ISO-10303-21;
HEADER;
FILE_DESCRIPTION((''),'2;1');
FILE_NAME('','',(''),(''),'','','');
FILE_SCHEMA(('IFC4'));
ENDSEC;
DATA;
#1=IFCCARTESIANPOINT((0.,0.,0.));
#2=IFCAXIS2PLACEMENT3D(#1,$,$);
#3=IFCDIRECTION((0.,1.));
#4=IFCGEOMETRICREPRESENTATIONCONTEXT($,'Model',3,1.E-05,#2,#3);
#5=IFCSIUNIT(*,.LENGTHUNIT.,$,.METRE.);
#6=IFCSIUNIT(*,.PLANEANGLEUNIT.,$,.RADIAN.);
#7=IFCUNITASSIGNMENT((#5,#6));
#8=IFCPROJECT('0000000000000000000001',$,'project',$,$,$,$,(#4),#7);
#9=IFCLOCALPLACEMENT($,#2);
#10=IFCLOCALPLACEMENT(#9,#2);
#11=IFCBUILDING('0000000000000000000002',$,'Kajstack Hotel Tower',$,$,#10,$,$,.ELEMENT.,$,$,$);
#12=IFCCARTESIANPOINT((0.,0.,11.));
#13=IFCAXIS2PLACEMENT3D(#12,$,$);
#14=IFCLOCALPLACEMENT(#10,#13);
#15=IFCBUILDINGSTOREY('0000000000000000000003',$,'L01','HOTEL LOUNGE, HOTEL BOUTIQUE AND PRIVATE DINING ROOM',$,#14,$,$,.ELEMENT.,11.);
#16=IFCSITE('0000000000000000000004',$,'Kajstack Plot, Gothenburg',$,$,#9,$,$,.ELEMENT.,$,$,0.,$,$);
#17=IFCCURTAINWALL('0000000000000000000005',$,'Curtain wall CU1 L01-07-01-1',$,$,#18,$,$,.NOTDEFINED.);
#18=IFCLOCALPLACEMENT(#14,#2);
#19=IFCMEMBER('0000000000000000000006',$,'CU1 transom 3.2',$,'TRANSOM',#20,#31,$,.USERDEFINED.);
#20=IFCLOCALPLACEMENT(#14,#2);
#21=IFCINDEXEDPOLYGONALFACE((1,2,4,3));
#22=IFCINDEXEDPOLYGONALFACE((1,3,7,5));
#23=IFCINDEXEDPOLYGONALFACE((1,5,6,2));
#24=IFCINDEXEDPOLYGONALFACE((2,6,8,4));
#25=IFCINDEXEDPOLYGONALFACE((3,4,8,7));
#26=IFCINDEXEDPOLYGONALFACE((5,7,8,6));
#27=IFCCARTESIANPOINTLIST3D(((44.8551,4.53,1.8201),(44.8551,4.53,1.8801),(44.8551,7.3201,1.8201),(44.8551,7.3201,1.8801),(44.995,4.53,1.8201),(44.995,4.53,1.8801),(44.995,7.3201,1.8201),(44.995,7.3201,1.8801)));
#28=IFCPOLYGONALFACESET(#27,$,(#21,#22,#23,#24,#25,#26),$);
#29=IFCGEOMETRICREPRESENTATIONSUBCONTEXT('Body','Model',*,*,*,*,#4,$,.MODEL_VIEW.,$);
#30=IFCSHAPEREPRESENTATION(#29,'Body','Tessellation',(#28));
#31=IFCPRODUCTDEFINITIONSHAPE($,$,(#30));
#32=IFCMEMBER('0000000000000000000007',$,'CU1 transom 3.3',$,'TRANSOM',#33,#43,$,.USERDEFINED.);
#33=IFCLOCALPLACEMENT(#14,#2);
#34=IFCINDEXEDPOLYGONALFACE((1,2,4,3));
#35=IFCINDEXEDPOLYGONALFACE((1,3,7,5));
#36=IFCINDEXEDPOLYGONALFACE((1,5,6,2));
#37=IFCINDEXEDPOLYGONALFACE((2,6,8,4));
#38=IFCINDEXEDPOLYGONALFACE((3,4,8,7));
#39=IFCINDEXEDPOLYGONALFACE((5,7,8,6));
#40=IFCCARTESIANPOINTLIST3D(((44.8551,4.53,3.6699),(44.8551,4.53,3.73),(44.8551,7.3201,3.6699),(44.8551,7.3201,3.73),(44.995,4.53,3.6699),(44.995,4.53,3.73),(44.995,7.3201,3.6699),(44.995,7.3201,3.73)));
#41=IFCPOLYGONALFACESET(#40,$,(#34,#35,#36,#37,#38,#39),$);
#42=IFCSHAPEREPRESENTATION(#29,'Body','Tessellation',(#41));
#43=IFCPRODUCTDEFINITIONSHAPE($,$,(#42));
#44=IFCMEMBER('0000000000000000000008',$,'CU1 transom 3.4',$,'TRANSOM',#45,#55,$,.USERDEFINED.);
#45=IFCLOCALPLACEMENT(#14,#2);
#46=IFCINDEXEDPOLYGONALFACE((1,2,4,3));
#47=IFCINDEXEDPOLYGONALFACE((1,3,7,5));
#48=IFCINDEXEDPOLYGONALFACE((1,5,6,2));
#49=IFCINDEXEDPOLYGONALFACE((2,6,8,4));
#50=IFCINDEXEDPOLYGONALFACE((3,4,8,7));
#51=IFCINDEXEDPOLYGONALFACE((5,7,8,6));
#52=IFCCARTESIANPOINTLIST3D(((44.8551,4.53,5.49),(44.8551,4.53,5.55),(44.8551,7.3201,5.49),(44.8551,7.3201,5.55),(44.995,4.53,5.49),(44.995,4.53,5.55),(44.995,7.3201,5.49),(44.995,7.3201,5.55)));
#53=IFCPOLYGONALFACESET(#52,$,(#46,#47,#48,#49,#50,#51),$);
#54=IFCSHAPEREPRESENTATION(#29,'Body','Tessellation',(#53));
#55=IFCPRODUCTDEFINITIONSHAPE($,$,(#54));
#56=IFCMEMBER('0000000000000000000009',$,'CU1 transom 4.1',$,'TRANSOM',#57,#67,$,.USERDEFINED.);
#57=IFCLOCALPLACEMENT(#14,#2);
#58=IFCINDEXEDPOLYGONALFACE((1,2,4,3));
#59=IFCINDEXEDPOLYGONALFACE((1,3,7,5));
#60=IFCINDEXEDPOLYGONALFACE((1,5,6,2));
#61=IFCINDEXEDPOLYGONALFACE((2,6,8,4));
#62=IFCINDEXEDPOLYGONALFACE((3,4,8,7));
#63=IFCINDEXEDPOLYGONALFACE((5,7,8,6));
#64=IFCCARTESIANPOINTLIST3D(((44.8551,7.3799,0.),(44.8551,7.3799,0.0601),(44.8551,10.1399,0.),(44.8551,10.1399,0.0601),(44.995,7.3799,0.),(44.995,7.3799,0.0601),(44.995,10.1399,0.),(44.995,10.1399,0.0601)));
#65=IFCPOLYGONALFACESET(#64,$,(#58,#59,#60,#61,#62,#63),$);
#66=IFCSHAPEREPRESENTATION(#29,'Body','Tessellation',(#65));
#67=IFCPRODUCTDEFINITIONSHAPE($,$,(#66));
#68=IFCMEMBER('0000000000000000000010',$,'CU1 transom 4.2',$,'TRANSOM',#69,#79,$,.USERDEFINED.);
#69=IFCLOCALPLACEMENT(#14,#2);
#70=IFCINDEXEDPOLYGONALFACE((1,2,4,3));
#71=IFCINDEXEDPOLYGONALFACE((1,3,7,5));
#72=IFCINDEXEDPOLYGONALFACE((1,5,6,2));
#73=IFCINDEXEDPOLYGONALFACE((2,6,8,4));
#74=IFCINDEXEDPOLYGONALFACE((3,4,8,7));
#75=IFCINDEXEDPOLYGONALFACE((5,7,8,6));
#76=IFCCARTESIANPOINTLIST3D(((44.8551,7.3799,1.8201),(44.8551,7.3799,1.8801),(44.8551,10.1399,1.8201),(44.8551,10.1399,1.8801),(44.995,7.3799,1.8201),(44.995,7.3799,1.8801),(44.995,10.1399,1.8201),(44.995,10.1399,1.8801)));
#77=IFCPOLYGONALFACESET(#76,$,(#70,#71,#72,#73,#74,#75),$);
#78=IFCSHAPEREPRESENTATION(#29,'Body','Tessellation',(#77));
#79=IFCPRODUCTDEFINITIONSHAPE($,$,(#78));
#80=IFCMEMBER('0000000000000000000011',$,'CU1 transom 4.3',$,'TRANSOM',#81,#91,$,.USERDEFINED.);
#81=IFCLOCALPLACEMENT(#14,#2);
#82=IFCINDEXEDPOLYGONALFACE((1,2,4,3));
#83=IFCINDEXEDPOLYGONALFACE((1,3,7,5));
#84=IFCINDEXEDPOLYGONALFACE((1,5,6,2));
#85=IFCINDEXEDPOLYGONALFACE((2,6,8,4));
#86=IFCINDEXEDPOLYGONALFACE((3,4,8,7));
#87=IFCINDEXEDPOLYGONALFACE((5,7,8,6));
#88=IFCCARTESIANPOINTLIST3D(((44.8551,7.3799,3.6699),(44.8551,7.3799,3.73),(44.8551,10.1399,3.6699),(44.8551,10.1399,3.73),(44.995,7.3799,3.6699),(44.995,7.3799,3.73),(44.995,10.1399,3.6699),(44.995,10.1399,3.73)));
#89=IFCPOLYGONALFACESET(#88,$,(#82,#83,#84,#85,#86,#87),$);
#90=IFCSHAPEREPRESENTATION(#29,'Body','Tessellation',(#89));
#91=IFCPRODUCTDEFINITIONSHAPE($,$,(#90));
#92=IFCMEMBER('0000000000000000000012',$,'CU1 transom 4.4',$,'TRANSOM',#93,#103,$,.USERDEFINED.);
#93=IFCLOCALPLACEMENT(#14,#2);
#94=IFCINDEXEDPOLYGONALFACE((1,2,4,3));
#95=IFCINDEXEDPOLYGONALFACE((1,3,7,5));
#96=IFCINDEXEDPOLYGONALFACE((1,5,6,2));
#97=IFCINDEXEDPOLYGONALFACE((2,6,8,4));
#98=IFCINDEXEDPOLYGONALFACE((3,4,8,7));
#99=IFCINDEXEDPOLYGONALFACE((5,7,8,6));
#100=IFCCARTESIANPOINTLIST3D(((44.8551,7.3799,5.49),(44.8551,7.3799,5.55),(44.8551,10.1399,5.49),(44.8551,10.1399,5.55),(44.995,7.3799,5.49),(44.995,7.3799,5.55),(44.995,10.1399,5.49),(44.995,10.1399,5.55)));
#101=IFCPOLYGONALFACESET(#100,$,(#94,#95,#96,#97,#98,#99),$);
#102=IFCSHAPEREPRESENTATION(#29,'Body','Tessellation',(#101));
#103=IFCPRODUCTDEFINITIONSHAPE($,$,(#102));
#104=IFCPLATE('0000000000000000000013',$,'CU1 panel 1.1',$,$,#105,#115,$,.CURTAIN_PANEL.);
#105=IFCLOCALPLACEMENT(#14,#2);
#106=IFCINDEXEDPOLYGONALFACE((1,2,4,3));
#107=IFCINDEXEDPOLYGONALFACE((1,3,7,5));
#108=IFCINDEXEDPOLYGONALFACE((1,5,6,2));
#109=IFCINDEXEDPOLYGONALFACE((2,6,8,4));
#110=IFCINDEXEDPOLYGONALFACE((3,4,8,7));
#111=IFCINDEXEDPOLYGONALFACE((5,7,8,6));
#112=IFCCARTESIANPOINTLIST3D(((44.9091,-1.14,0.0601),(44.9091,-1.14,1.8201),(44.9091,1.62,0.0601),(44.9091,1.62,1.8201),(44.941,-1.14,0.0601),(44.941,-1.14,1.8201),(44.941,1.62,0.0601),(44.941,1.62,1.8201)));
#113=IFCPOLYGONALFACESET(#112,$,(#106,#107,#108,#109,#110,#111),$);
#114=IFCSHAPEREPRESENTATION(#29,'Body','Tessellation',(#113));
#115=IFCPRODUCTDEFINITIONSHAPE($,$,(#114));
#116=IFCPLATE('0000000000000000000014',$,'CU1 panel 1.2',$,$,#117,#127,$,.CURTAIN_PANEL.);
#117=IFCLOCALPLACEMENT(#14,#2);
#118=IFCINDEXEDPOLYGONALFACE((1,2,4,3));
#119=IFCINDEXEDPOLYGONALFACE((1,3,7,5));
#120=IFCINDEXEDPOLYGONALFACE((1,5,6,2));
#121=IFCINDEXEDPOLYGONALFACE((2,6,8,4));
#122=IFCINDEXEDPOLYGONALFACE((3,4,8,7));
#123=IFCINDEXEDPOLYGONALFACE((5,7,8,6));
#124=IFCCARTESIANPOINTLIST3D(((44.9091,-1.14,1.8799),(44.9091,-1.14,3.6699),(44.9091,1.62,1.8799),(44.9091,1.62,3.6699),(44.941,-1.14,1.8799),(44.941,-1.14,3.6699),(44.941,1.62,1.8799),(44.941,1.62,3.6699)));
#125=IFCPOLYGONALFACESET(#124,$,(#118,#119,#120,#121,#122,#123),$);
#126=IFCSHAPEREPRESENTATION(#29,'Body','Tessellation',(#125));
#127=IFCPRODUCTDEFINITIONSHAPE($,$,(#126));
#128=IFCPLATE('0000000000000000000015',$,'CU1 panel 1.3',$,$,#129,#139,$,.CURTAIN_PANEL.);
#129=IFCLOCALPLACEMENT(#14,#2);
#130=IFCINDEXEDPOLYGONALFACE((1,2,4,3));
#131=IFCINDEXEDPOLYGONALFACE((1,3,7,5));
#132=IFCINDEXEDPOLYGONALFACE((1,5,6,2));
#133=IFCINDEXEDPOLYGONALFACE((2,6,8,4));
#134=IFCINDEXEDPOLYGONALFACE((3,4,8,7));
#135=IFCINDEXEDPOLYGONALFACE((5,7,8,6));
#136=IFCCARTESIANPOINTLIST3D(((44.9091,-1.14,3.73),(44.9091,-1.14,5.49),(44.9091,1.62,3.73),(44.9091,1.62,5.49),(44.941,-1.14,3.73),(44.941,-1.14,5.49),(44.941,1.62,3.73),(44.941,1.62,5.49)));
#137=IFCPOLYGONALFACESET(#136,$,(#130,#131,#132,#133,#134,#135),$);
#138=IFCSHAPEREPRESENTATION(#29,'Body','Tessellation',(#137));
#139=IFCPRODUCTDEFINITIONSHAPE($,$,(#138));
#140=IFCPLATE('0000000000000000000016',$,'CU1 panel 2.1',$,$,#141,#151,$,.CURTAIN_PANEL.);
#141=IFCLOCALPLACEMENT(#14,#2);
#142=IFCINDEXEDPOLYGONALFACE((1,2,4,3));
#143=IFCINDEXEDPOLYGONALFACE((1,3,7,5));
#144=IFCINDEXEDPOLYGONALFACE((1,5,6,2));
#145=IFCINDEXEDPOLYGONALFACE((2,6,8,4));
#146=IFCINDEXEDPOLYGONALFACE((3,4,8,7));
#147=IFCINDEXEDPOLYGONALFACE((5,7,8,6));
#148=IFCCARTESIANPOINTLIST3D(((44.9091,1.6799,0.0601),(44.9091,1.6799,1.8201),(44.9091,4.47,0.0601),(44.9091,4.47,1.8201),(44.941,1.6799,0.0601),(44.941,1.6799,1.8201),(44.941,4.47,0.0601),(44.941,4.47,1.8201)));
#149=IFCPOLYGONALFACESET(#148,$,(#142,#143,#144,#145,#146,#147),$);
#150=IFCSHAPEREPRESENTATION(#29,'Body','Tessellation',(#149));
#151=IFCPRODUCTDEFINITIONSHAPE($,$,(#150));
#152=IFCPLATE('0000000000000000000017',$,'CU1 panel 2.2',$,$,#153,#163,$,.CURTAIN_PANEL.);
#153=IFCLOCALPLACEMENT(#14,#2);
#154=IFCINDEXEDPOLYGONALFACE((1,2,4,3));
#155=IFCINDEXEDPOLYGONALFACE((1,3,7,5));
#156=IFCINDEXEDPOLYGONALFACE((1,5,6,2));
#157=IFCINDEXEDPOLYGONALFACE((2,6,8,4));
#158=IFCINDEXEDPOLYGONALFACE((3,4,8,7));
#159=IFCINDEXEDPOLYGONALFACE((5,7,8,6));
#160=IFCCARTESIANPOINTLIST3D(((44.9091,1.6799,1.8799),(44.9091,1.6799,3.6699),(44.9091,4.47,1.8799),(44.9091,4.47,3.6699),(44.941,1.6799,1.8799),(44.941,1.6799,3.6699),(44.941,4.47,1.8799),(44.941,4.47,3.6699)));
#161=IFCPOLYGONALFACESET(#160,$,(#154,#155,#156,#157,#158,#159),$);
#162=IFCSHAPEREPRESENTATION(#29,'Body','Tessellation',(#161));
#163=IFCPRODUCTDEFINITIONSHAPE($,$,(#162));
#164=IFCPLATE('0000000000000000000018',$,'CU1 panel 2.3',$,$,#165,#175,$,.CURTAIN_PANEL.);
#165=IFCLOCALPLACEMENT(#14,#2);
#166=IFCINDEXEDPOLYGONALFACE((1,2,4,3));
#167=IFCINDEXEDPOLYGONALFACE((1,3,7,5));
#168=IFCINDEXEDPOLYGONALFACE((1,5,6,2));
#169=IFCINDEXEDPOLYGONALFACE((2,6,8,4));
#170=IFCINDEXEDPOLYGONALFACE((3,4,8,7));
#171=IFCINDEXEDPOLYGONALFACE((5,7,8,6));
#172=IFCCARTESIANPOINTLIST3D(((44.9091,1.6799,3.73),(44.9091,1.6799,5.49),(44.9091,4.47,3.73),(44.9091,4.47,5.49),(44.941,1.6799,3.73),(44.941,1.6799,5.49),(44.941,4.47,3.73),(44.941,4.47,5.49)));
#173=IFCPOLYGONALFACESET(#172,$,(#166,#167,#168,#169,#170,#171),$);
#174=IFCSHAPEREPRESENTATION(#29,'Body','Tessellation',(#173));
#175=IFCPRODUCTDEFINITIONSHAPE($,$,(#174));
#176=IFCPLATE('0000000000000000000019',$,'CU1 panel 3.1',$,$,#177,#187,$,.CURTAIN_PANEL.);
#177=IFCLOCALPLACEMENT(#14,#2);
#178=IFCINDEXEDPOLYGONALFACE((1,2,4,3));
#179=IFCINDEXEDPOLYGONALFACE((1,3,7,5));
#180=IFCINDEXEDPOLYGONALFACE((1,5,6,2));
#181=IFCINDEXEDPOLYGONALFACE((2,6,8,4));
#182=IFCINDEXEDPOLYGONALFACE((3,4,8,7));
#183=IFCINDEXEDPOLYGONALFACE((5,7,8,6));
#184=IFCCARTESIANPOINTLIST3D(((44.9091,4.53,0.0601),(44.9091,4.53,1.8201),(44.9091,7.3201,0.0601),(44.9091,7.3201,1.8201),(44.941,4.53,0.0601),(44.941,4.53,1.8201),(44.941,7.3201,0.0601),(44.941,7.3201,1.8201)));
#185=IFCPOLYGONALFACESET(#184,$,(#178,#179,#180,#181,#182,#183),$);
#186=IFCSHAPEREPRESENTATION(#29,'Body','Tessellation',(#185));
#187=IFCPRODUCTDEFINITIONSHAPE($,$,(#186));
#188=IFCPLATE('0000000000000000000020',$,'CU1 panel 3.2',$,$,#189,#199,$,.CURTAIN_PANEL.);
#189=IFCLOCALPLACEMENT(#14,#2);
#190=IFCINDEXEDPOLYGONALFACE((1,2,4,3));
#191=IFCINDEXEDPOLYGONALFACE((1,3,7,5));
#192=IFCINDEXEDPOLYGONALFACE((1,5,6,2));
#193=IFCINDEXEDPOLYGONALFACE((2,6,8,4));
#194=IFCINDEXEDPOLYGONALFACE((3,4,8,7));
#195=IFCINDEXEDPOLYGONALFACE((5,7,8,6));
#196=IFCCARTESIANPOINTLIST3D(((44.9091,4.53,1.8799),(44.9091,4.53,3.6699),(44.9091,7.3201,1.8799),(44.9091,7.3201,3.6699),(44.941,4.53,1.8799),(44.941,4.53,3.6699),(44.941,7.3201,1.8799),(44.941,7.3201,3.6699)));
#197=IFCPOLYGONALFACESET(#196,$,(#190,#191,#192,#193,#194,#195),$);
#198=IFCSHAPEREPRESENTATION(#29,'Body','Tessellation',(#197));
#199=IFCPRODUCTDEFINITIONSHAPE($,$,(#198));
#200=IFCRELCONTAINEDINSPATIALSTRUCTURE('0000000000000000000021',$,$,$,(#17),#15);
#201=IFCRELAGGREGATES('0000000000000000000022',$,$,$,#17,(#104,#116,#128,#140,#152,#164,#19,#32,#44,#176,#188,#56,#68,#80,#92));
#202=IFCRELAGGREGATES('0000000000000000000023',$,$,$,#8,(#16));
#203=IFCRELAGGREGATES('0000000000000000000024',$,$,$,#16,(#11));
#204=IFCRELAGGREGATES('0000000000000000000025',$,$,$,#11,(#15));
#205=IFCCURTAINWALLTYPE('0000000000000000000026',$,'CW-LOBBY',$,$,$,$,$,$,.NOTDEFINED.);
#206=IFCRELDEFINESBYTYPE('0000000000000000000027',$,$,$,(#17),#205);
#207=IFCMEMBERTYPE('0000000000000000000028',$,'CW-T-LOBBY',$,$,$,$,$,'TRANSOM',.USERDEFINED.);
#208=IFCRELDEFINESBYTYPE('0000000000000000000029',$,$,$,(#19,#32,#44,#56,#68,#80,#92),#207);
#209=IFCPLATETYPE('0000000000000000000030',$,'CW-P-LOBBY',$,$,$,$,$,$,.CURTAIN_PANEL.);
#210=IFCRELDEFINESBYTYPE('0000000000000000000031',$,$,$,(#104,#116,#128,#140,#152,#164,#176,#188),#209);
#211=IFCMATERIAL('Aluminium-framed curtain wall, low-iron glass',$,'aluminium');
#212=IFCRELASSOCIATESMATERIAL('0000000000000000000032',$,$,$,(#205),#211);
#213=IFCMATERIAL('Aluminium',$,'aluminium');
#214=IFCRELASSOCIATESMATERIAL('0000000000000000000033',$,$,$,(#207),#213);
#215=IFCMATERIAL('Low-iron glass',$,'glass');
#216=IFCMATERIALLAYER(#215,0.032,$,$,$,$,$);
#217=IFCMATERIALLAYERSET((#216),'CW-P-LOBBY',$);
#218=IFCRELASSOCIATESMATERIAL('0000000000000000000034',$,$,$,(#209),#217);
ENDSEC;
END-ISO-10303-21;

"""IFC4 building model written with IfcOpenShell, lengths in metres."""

from ifc_helpers import new_model, si_unit, direction, frame, origin, origin_2d, place, context, subcontext, project, spatial, rectangle, extrude, material, layer, layer_set, material_profile, profile_set, type_object, element, aggregate, save


model = new_model("IFC4")

# Units and contexts
model_context = context("Model", 3, precision=1e-05, world=origin(), true_north=direction((0.0, 1.0)))
body_context = subcontext(model_context, "Body", "Model", "MODEL_VIEW")
ifc_project = project(units=[si_unit("LENGTHUNIT", "METRE"), si_unit("PLANEANGLEUNIT", "RADIAN")], contexts=[model_context])

# Site, building, storey
site_placement = place(None, origin())
site = spatial("IfcSite", under=ifc_project, at=site_placement, Name="Kajstack Plot, Gothenburg", CompositionType="ELEMENT", RefElevation=0.0)
building_placement = place(site_placement, origin())
building = spatial("IfcBuilding", under=site, at=building_placement, Name="Kajstack Hotel Tower", CompositionType="ELEMENT")
storey_placement = place(building_placement, frame((0.0, 0.0, 11.0)))
storey = spatial("IfcBuildingStorey", under=building, at=storey_placement, Name="L01", Description="HOTEL LOUNGE, HOTEL BOUTIQUE AND PRIVATE DINING ROOM", CompositionType="ELEMENT", Elevation=11.0)

# Shared definitions
ifc_material_1 = material(Name="Aluminium-framed curtain wall, low-iron glass", Category="aluminium")
curtain_wall_type = type_object("IfcCurtainWallType", Name="CW-LOBBY", PredefinedType="NOTDEFINED", material=ifc_material_1)
ifc_material_2 = material(Name="Aluminium", Category="aluminium")

# Curtain wall, members, plates
curtain_wall_1_placement = place(storey_placement, origin())
curtain_wall_1 = element("IfcCurtainWall", 1, at=curtain_wall_1_placement, inside=storey, type_object=curtain_wall_type, Name="Curtain wall CU1 L01-07-01-1", PredefinedType="NOTDEFINED")
ifc_material_profile_1 = material_profile(ifc_material_2, rectangle(XDim=0.1399, YDim=0.0601, at=origin_2d()), Name="Aluminium transom 140 x 60")
ifc_profile_set_1 = profile_set([ifc_material_profile_1], Name="Aluminium")
member_type_1 = type_object("IfcMemberType", Name="CW-T-LOBBY", ElementType="TRANSOM", PredefinedType="USERDEFINED", material=ifc_profile_set_1)
member_1_placement = place(storey_placement, frame((44.925, 4.53, 1.8501), z_axis=(0.0, 1.0, 0.0), x_axis=(-1.0, 0.0, 0.0)))
member_1 = element("IfcMember", 2, at=member_1_placement, type_object=member_type_1, Name="CU1 transom 3.2", ObjectType="TRANSOM", PredefinedType="USERDEFINED", context=body_context, shape_type="SweptSolid", body=[
    extrude(rectangle(XDim=0.1399, YDim=0.0601, at=origin_2d()), origin(), (0.0, 0.0, 1.0), 2.79),
])
member_2_placement = place(storey_placement, frame((44.925, 4.53, 3.7), z_axis=(0.0, 1.0, 0.0), x_axis=(-1.0, 0.0, 0.0)))
member_2 = element("IfcMember", 3, at=member_2_placement, type_object=member_type_1, Name="CU1 transom 3.3", ObjectType="TRANSOM", PredefinedType="USERDEFINED", context=body_context, shape_type="SweptSolid", body=[
    extrude(rectangle(XDim=0.1399, YDim=0.0601, at=origin_2d()), origin(), (0.0, 0.0, 1.0), 2.79),
])
member_3_placement = place(storey_placement, frame((44.925, 4.53, 5.52), z_axis=(0.0, 1.0, 0.0), x_axis=(-1.0, 0.0, 0.0)))
member_3 = element("IfcMember", 4, at=member_3_placement, type_object=member_type_1, Name="CU1 transom 3.4", ObjectType="TRANSOM", PredefinedType="USERDEFINED", context=body_context, shape_type="SweptSolid", body=[
    extrude(rectangle(XDim=0.1399, YDim=0.0601, at=origin_2d()), origin(), (0.0, 0.0, 1.0), 2.79),
])
member_4_placement = place(storey_placement, frame((44.925, 7.3799, 0.03), z_axis=(0.0, 1.0, 0.0), x_axis=(-1.0, 0.0, 0.0)))
member_4 = element("IfcMember", 5, at=member_4_placement, type_object=member_type_1, Name="CU1 transom 4.1", ObjectType="TRANSOM", PredefinedType="USERDEFINED", context=body_context, shape_type="SweptSolid", body=[
    extrude(rectangle(XDim=0.1399, YDim=0.0601, at=origin_2d()), origin(), (0.0, 0.0, 1.0), 2.76),
])
member_5_placement = place(storey_placement, frame((44.925, 7.3799, 1.8501), z_axis=(0.0, 1.0, 0.0), x_axis=(-1.0, 0.0, 0.0)))
member_5 = element("IfcMember", 6, at=member_5_placement, type_object=member_type_1, Name="CU1 transom 4.2", ObjectType="TRANSOM", PredefinedType="USERDEFINED", context=body_context, shape_type="SweptSolid", body=[
    extrude(rectangle(XDim=0.1399, YDim=0.0601, at=origin_2d()), origin(), (0.0, 0.0, 1.0), 2.76),
])
member_6_placement = place(storey_placement, frame((44.925, 7.3799, 3.7), z_axis=(0.0, 1.0, 0.0), x_axis=(-1.0, 0.0, 0.0)))
member_6 = element("IfcMember", 7, at=member_6_placement, type_object=member_type_1, Name="CU1 transom 4.3", ObjectType="TRANSOM", PredefinedType="USERDEFINED", context=body_context, shape_type="SweptSolid", body=[
    extrude(rectangle(XDim=0.1399, YDim=0.0601, at=origin_2d()), origin(), (0.0, 0.0, 1.0), 2.76),
])
member_7_placement = place(storey_placement, frame((44.925, 7.3799, 5.52), z_axis=(0.0, 1.0, 0.0), x_axis=(-1.0, 0.0, 0.0)))
member_7 = element("IfcMember", 8, at=member_7_placement, type_object=member_type_1, Name="CU1 transom 4.4", ObjectType="TRANSOM", PredefinedType="USERDEFINED", context=body_context, shape_type="SweptSolid", body=[
    extrude(rectangle(XDim=0.1399, YDim=0.0601, at=origin_2d()), origin(), (0.0, 0.0, 1.0), 2.76),
])
ifc_material_3 = material(Name="Low-iron glass", Category="glass")
ifc_layer_1 = layer(ifc_material_3, 0.032)
ifc_layer_set_1 = layer_set([ifc_layer_1], Name="CW-P-LOBBY")
plate_type = type_object("IfcPlateType", Name="CW-P-LOBBY", PredefinedType="CURTAIN_PANEL", material=ifc_layer_set_1)
plate_1_placement = place(storey_placement, frame((44.925, 0.24, 0.0601), z_axis=(0.0, 0.0, 1.0), x_axis=(0.0, 1.0, 0.0)))
plate_1 = element("IfcPlate", 9, at=plate_1_placement, type_object=plate_type, Name="CU1 panel 1.1", PredefinedType="CURTAIN_PANEL", context=body_context, shape_type="SweptSolid", body=[
    extrude(rectangle(XDim=2.76, YDim=0.032, at=origin_2d()), origin(), (0.0, 0.0, 1.0), 1.76),
])
plate_2_placement = place(storey_placement, frame((44.925, 0.24, 1.8799), z_axis=(0.0, 0.0, 1.0), x_axis=(0.0, 1.0, 0.0)))
plate_2 = element("IfcPlate", 10, at=plate_2_placement, type_object=plate_type, Name="CU1 panel 1.2", PredefinedType="CURTAIN_PANEL", context=body_context, shape_type="SweptSolid", body=[
    extrude(rectangle(XDim=2.76, YDim=0.032, at=origin_2d()), origin(), (0.0, 0.0, 1.0), 1.79),
])
plate_3_placement = place(storey_placement, frame((44.925, 0.24, 3.73), z_axis=(0.0, 0.0, 1.0), x_axis=(0.0, 1.0, 0.0)))
plate_3 = element("IfcPlate", 11, at=plate_3_placement, type_object=plate_type, Name="CU1 panel 1.3", PredefinedType="CURTAIN_PANEL", context=body_context, shape_type="SweptSolid", body=[
    extrude(rectangle(XDim=2.76, YDim=0.032, at=origin_2d()), origin(), (0.0, 0.0, 1.0), 1.76),
])
plate_4_placement = place(storey_placement, frame((44.925, 3.075, 0.0601), z_axis=(0.0, 0.0, 1.0), x_axis=(0.0, 1.0, 0.0)))
plate_4 = element("IfcPlate", 12, at=plate_4_placement, type_object=plate_type, Name="CU1 panel 2.1", PredefinedType="CURTAIN_PANEL", context=body_context, shape_type="SweptSolid", body=[
    extrude(rectangle(XDim=2.79, YDim=0.032, at=origin_2d()), origin(), (0.0, 0.0, 1.0), 1.76),
])
plate_5_placement = place(storey_placement, frame((44.925, 3.075, 1.8799), z_axis=(0.0, 0.0, 1.0), x_axis=(0.0, 1.0, 0.0)))
plate_5 = element("IfcPlate", 13, at=plate_5_placement, type_object=plate_type, Name="CU1 panel 2.2", PredefinedType="CURTAIN_PANEL", context=body_context, shape_type="SweptSolid", body=[
    extrude(rectangle(XDim=2.79, YDim=0.032, at=origin_2d()), origin(), (0.0, 0.0, 1.0), 1.79),
])
plate_6_placement = place(storey_placement, frame((44.925, 3.075, 3.73), z_axis=(0.0, 0.0, 1.0), x_axis=(0.0, 1.0, 0.0)))
plate_6 = element("IfcPlate", 14, at=plate_6_placement, type_object=plate_type, Name="CU1 panel 2.3", PredefinedType="CURTAIN_PANEL", context=body_context, shape_type="SweptSolid", body=[
    extrude(rectangle(XDim=2.79, YDim=0.032, at=origin_2d()), origin(), (0.0, 0.0, 1.0), 1.76),
])
plate_7_placement = place(storey_placement, frame((44.925, 5.925, 0.0601), z_axis=(0.0, 0.0, 1.0), x_axis=(0.0, 1.0, 0.0)))
plate_7 = element("IfcPlate", 15, at=plate_7_placement, type_object=plate_type, Name="CU1 panel 3.1", PredefinedType="CURTAIN_PANEL", context=body_context, shape_type="SweptSolid", body=[
    extrude(rectangle(XDim=2.79, YDim=0.032, at=origin_2d()), origin(), (0.0, 0.0, 1.0), 1.76),
])
plate_8_placement = place(storey_placement, frame((44.925, 5.925, 1.8799), z_axis=(0.0, 0.0, 1.0), x_axis=(0.0, 1.0, 0.0)))
plate_8 = element("IfcPlate", 16, at=plate_8_placement, type_object=plate_type, Name="CU1 panel 3.2", PredefinedType="CURTAIN_PANEL", context=body_context, shape_type="SweptSolid", body=[
    extrude(rectangle(XDim=2.79, YDim=0.032, at=origin_2d()), origin(), (0.0, 0.0, 1.0), 1.79),
])
aggregate(curtain_wall_1, [plate_1, plate_2, plate_3, plate_4, plate_5, plate_6, member_1, member_2, member_3, plate_7, plate_8, member_4, member_5, member_6, member_7])

save(model, "model.ifc")
